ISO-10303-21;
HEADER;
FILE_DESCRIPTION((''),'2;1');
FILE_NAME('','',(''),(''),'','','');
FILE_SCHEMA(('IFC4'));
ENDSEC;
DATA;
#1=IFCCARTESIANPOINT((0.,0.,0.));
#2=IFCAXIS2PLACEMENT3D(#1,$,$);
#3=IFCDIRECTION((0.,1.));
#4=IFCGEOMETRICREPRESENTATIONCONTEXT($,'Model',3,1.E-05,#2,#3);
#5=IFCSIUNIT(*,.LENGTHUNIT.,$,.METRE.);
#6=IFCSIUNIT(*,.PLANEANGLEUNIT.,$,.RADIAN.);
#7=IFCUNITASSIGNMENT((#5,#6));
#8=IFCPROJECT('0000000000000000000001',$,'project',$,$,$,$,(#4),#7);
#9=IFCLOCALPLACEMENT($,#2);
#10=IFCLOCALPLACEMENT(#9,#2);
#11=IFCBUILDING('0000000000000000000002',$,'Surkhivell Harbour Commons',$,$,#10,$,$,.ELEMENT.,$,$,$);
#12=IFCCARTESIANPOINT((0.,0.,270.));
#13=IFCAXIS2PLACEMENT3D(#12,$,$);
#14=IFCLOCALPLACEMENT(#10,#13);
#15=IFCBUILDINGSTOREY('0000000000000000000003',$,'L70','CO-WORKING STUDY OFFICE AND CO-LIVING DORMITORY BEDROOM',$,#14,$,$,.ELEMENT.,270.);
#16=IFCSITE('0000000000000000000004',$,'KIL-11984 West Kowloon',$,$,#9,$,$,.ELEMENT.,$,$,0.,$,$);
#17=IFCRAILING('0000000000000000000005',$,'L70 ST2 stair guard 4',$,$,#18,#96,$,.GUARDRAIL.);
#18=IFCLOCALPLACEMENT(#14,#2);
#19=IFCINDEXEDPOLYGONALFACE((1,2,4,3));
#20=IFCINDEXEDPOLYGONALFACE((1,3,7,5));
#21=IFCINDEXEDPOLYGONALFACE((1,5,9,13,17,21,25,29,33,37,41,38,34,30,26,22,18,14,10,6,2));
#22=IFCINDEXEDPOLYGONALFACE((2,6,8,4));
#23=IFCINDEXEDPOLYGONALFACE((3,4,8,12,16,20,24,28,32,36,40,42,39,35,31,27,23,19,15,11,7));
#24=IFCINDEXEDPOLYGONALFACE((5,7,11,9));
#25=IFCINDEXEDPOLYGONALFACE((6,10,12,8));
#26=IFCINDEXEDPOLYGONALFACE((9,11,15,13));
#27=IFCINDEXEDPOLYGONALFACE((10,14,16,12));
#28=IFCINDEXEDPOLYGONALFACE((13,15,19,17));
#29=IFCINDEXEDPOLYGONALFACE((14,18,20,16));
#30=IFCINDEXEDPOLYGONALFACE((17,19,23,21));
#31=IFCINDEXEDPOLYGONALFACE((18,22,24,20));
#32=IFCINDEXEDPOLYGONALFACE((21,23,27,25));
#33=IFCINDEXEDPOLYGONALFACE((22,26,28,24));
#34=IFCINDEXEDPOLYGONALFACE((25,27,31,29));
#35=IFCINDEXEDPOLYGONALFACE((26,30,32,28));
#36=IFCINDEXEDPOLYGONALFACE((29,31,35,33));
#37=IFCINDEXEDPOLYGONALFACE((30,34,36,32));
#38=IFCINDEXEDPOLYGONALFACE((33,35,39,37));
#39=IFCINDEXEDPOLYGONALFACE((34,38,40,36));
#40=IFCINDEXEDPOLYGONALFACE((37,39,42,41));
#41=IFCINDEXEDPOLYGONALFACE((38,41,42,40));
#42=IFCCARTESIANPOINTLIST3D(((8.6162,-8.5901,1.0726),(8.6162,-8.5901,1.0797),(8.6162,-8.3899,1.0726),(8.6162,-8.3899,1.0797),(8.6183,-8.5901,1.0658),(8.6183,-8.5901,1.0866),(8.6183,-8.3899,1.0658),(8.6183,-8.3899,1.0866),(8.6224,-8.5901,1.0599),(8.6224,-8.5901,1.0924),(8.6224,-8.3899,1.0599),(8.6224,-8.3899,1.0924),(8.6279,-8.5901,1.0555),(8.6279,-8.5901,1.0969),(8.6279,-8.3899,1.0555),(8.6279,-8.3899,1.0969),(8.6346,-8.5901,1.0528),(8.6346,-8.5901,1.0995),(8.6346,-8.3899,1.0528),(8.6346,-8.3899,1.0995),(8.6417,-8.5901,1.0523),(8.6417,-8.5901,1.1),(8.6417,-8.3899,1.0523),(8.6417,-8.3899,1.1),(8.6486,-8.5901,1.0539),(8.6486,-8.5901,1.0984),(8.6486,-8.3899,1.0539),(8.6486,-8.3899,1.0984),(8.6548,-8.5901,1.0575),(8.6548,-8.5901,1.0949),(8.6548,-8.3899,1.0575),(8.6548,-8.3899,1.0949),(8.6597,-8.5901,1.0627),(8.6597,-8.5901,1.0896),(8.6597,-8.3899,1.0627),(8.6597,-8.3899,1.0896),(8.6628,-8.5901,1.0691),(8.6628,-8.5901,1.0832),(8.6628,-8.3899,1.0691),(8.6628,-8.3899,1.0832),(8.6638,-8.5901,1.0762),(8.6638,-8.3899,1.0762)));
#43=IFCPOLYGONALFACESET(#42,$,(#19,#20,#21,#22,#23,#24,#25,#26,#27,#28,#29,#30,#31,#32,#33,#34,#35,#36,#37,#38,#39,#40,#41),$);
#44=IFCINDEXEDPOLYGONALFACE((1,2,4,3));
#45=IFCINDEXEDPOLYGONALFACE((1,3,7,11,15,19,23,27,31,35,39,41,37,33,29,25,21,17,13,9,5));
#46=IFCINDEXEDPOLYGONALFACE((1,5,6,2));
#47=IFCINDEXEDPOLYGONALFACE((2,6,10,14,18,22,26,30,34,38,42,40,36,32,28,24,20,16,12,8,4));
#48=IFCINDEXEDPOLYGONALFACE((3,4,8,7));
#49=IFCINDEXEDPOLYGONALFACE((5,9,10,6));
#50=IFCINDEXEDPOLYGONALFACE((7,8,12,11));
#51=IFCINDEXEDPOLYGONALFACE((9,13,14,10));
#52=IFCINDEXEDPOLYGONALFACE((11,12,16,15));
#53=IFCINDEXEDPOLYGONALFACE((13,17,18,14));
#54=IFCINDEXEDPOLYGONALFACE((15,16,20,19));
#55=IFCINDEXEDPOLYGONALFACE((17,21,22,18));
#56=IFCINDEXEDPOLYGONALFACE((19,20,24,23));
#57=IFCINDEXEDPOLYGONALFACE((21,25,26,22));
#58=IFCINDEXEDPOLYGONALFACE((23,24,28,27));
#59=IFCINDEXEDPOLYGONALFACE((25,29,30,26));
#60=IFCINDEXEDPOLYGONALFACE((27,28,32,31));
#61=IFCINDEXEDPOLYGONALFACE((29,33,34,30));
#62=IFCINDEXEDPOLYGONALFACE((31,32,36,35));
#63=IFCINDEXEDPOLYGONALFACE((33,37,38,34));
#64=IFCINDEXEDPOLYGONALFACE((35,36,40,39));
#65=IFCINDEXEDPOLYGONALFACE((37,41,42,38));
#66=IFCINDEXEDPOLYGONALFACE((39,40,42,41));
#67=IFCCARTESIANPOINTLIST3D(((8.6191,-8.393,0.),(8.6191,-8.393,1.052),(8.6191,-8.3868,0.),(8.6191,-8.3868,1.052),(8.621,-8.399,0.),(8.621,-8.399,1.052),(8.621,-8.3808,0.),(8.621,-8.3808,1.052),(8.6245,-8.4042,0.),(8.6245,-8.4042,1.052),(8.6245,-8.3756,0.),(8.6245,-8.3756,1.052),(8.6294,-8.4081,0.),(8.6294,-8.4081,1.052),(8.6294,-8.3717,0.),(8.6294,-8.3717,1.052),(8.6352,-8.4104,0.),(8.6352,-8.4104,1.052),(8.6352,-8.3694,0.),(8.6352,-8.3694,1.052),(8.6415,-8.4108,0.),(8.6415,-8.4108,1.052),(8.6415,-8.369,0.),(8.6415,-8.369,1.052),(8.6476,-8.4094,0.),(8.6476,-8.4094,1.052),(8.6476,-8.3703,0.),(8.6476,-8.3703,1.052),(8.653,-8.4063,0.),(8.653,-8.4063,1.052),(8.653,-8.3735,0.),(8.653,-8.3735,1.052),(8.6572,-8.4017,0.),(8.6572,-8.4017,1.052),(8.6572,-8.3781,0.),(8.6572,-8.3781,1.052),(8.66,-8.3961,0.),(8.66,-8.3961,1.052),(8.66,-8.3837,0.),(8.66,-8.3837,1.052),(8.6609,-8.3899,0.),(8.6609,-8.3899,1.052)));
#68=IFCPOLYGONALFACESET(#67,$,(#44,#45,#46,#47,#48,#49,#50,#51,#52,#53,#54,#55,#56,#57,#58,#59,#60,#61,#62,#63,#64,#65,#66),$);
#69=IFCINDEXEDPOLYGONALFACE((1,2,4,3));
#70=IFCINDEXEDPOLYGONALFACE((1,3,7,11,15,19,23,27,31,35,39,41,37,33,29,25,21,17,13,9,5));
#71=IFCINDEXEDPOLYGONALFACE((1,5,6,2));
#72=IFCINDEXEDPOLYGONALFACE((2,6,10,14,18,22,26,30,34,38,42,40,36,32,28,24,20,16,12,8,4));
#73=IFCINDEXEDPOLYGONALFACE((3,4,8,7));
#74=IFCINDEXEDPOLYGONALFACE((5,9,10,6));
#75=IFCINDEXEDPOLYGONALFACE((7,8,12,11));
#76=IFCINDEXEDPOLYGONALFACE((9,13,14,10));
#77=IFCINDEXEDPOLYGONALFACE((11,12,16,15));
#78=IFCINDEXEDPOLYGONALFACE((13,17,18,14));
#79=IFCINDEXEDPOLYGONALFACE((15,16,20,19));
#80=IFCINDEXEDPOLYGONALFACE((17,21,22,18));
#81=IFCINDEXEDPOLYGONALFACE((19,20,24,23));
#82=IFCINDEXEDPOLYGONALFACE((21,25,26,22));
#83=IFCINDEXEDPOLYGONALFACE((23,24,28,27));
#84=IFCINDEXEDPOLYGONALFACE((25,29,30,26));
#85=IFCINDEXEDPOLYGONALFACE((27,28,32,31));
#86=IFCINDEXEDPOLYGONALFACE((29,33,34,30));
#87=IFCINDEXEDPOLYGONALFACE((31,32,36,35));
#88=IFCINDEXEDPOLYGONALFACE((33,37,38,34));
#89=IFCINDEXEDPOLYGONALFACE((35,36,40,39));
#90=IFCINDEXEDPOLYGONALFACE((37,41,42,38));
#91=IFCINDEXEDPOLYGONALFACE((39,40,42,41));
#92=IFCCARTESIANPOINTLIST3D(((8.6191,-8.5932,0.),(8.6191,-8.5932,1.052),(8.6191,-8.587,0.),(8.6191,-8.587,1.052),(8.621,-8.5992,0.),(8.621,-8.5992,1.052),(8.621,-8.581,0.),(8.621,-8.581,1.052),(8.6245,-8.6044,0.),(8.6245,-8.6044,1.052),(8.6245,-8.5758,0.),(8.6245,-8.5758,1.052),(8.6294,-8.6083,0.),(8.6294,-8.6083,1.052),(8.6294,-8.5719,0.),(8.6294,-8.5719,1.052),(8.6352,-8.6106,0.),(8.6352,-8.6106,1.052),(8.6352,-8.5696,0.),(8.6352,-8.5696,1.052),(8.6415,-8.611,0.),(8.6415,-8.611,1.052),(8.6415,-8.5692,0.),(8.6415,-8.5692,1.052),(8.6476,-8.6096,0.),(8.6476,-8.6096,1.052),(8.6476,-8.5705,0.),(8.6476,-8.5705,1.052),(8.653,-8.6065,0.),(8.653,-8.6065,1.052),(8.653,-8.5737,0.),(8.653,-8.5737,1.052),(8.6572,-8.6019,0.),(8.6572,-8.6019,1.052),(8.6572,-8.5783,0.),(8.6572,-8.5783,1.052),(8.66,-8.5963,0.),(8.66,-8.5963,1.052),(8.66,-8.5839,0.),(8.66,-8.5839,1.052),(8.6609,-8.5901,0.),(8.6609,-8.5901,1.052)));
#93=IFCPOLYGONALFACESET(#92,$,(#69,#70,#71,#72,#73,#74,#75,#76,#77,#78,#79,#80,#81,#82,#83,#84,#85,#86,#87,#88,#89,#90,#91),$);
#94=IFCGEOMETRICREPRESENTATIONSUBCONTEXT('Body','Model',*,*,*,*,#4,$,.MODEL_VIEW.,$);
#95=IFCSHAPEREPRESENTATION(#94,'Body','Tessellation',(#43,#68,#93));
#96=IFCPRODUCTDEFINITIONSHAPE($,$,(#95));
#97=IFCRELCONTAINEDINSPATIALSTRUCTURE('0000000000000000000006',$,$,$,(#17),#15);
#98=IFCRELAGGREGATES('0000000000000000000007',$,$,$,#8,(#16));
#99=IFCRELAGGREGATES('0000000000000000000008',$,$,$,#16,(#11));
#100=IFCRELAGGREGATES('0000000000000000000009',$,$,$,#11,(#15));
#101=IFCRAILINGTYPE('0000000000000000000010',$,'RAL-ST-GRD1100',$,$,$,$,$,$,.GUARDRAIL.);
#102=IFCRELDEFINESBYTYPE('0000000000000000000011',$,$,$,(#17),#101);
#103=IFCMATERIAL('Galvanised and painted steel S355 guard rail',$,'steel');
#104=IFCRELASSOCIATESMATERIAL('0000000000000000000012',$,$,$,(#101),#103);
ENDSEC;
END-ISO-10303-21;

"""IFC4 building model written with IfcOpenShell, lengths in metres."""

from ifc_helpers import new_model, si_unit, direction, frame, origin, origin_2d, place, context, subcontext, project, spatial, circle, extrude, material, type_object, element, save


model = new_model("IFC4")

# Units and contexts
model_context = context("Model", 3, precision=1e-05, world=origin(), true_north=direction((0.0, 1.0)))
body_context = subcontext(model_context, "Body", "Model", "MODEL_VIEW")
ifc_project = project(units=[si_unit("LENGTHUNIT", "METRE"), si_unit("PLANEANGLEUNIT", "RADIAN")], contexts=[model_context])

# Site, building, storey
site_placement = place(None, origin())
site = spatial("IfcSite", under=ifc_project, at=site_placement, Name="KIL-11984 West Kowloon", CompositionType="ELEMENT", RefElevation=0.0)
building_placement = place(site_placement, origin())
building = spatial("IfcBuilding", under=site, at=building_placement, Name="Surkhivell Harbour Commons", CompositionType="ELEMENT")
storey_placement = place(building_placement, frame((0.0, 0.0, 270.0)))
storey = spatial("IfcBuildingStorey", under=building, at=storey_placement, Name="L70", Description="CO-WORKING STUDY OFFICE AND CO-LIVING DORMITORY BEDROOM", CompositionType="ELEMENT", Elevation=270.0)

# Railing
ifc_material_1 = material(Name="Galvanised and painted steel S355 guard rail", Category="steel")
railing_type_1 = type_object("IfcRailingType", Name="RAL-ST-GRD1100", PredefinedType="GUARDRAIL", material=ifc_material_1)
railing_1_placement = place(storey_placement, frame((8.6399, -8.3899, 0.0)))
element("IfcRailing", 1, at=railing_1_placement, inside=storey, type_object=railing_type_1, Name="L70 ST2 stair guard 4", PredefinedType="GUARDRAIL", context=body_context, shape_type="SweptSolid", body=[
    extrude(circle(Radius=0.0239, at=origin_2d()), frame((0.0, 0.0, 1.0762), z_axis=(0.0, -1.0, 0.0), x_axis=(1.0, 0.0, 0.0)), (0.0, 0.0, 1.0), 0.2002),
    extrude(circle(Radius=0.021, at=origin_2d()), origin(), (0.0, 0.0, 1.0), 1.052),
    extrude(circle(Radius=0.021, at=origin_2d()), frame((0.0, -0.2002, 0.0)), (0.0, 0.0, 1.0), 1.052),
])

save(model, "model.ifc")
